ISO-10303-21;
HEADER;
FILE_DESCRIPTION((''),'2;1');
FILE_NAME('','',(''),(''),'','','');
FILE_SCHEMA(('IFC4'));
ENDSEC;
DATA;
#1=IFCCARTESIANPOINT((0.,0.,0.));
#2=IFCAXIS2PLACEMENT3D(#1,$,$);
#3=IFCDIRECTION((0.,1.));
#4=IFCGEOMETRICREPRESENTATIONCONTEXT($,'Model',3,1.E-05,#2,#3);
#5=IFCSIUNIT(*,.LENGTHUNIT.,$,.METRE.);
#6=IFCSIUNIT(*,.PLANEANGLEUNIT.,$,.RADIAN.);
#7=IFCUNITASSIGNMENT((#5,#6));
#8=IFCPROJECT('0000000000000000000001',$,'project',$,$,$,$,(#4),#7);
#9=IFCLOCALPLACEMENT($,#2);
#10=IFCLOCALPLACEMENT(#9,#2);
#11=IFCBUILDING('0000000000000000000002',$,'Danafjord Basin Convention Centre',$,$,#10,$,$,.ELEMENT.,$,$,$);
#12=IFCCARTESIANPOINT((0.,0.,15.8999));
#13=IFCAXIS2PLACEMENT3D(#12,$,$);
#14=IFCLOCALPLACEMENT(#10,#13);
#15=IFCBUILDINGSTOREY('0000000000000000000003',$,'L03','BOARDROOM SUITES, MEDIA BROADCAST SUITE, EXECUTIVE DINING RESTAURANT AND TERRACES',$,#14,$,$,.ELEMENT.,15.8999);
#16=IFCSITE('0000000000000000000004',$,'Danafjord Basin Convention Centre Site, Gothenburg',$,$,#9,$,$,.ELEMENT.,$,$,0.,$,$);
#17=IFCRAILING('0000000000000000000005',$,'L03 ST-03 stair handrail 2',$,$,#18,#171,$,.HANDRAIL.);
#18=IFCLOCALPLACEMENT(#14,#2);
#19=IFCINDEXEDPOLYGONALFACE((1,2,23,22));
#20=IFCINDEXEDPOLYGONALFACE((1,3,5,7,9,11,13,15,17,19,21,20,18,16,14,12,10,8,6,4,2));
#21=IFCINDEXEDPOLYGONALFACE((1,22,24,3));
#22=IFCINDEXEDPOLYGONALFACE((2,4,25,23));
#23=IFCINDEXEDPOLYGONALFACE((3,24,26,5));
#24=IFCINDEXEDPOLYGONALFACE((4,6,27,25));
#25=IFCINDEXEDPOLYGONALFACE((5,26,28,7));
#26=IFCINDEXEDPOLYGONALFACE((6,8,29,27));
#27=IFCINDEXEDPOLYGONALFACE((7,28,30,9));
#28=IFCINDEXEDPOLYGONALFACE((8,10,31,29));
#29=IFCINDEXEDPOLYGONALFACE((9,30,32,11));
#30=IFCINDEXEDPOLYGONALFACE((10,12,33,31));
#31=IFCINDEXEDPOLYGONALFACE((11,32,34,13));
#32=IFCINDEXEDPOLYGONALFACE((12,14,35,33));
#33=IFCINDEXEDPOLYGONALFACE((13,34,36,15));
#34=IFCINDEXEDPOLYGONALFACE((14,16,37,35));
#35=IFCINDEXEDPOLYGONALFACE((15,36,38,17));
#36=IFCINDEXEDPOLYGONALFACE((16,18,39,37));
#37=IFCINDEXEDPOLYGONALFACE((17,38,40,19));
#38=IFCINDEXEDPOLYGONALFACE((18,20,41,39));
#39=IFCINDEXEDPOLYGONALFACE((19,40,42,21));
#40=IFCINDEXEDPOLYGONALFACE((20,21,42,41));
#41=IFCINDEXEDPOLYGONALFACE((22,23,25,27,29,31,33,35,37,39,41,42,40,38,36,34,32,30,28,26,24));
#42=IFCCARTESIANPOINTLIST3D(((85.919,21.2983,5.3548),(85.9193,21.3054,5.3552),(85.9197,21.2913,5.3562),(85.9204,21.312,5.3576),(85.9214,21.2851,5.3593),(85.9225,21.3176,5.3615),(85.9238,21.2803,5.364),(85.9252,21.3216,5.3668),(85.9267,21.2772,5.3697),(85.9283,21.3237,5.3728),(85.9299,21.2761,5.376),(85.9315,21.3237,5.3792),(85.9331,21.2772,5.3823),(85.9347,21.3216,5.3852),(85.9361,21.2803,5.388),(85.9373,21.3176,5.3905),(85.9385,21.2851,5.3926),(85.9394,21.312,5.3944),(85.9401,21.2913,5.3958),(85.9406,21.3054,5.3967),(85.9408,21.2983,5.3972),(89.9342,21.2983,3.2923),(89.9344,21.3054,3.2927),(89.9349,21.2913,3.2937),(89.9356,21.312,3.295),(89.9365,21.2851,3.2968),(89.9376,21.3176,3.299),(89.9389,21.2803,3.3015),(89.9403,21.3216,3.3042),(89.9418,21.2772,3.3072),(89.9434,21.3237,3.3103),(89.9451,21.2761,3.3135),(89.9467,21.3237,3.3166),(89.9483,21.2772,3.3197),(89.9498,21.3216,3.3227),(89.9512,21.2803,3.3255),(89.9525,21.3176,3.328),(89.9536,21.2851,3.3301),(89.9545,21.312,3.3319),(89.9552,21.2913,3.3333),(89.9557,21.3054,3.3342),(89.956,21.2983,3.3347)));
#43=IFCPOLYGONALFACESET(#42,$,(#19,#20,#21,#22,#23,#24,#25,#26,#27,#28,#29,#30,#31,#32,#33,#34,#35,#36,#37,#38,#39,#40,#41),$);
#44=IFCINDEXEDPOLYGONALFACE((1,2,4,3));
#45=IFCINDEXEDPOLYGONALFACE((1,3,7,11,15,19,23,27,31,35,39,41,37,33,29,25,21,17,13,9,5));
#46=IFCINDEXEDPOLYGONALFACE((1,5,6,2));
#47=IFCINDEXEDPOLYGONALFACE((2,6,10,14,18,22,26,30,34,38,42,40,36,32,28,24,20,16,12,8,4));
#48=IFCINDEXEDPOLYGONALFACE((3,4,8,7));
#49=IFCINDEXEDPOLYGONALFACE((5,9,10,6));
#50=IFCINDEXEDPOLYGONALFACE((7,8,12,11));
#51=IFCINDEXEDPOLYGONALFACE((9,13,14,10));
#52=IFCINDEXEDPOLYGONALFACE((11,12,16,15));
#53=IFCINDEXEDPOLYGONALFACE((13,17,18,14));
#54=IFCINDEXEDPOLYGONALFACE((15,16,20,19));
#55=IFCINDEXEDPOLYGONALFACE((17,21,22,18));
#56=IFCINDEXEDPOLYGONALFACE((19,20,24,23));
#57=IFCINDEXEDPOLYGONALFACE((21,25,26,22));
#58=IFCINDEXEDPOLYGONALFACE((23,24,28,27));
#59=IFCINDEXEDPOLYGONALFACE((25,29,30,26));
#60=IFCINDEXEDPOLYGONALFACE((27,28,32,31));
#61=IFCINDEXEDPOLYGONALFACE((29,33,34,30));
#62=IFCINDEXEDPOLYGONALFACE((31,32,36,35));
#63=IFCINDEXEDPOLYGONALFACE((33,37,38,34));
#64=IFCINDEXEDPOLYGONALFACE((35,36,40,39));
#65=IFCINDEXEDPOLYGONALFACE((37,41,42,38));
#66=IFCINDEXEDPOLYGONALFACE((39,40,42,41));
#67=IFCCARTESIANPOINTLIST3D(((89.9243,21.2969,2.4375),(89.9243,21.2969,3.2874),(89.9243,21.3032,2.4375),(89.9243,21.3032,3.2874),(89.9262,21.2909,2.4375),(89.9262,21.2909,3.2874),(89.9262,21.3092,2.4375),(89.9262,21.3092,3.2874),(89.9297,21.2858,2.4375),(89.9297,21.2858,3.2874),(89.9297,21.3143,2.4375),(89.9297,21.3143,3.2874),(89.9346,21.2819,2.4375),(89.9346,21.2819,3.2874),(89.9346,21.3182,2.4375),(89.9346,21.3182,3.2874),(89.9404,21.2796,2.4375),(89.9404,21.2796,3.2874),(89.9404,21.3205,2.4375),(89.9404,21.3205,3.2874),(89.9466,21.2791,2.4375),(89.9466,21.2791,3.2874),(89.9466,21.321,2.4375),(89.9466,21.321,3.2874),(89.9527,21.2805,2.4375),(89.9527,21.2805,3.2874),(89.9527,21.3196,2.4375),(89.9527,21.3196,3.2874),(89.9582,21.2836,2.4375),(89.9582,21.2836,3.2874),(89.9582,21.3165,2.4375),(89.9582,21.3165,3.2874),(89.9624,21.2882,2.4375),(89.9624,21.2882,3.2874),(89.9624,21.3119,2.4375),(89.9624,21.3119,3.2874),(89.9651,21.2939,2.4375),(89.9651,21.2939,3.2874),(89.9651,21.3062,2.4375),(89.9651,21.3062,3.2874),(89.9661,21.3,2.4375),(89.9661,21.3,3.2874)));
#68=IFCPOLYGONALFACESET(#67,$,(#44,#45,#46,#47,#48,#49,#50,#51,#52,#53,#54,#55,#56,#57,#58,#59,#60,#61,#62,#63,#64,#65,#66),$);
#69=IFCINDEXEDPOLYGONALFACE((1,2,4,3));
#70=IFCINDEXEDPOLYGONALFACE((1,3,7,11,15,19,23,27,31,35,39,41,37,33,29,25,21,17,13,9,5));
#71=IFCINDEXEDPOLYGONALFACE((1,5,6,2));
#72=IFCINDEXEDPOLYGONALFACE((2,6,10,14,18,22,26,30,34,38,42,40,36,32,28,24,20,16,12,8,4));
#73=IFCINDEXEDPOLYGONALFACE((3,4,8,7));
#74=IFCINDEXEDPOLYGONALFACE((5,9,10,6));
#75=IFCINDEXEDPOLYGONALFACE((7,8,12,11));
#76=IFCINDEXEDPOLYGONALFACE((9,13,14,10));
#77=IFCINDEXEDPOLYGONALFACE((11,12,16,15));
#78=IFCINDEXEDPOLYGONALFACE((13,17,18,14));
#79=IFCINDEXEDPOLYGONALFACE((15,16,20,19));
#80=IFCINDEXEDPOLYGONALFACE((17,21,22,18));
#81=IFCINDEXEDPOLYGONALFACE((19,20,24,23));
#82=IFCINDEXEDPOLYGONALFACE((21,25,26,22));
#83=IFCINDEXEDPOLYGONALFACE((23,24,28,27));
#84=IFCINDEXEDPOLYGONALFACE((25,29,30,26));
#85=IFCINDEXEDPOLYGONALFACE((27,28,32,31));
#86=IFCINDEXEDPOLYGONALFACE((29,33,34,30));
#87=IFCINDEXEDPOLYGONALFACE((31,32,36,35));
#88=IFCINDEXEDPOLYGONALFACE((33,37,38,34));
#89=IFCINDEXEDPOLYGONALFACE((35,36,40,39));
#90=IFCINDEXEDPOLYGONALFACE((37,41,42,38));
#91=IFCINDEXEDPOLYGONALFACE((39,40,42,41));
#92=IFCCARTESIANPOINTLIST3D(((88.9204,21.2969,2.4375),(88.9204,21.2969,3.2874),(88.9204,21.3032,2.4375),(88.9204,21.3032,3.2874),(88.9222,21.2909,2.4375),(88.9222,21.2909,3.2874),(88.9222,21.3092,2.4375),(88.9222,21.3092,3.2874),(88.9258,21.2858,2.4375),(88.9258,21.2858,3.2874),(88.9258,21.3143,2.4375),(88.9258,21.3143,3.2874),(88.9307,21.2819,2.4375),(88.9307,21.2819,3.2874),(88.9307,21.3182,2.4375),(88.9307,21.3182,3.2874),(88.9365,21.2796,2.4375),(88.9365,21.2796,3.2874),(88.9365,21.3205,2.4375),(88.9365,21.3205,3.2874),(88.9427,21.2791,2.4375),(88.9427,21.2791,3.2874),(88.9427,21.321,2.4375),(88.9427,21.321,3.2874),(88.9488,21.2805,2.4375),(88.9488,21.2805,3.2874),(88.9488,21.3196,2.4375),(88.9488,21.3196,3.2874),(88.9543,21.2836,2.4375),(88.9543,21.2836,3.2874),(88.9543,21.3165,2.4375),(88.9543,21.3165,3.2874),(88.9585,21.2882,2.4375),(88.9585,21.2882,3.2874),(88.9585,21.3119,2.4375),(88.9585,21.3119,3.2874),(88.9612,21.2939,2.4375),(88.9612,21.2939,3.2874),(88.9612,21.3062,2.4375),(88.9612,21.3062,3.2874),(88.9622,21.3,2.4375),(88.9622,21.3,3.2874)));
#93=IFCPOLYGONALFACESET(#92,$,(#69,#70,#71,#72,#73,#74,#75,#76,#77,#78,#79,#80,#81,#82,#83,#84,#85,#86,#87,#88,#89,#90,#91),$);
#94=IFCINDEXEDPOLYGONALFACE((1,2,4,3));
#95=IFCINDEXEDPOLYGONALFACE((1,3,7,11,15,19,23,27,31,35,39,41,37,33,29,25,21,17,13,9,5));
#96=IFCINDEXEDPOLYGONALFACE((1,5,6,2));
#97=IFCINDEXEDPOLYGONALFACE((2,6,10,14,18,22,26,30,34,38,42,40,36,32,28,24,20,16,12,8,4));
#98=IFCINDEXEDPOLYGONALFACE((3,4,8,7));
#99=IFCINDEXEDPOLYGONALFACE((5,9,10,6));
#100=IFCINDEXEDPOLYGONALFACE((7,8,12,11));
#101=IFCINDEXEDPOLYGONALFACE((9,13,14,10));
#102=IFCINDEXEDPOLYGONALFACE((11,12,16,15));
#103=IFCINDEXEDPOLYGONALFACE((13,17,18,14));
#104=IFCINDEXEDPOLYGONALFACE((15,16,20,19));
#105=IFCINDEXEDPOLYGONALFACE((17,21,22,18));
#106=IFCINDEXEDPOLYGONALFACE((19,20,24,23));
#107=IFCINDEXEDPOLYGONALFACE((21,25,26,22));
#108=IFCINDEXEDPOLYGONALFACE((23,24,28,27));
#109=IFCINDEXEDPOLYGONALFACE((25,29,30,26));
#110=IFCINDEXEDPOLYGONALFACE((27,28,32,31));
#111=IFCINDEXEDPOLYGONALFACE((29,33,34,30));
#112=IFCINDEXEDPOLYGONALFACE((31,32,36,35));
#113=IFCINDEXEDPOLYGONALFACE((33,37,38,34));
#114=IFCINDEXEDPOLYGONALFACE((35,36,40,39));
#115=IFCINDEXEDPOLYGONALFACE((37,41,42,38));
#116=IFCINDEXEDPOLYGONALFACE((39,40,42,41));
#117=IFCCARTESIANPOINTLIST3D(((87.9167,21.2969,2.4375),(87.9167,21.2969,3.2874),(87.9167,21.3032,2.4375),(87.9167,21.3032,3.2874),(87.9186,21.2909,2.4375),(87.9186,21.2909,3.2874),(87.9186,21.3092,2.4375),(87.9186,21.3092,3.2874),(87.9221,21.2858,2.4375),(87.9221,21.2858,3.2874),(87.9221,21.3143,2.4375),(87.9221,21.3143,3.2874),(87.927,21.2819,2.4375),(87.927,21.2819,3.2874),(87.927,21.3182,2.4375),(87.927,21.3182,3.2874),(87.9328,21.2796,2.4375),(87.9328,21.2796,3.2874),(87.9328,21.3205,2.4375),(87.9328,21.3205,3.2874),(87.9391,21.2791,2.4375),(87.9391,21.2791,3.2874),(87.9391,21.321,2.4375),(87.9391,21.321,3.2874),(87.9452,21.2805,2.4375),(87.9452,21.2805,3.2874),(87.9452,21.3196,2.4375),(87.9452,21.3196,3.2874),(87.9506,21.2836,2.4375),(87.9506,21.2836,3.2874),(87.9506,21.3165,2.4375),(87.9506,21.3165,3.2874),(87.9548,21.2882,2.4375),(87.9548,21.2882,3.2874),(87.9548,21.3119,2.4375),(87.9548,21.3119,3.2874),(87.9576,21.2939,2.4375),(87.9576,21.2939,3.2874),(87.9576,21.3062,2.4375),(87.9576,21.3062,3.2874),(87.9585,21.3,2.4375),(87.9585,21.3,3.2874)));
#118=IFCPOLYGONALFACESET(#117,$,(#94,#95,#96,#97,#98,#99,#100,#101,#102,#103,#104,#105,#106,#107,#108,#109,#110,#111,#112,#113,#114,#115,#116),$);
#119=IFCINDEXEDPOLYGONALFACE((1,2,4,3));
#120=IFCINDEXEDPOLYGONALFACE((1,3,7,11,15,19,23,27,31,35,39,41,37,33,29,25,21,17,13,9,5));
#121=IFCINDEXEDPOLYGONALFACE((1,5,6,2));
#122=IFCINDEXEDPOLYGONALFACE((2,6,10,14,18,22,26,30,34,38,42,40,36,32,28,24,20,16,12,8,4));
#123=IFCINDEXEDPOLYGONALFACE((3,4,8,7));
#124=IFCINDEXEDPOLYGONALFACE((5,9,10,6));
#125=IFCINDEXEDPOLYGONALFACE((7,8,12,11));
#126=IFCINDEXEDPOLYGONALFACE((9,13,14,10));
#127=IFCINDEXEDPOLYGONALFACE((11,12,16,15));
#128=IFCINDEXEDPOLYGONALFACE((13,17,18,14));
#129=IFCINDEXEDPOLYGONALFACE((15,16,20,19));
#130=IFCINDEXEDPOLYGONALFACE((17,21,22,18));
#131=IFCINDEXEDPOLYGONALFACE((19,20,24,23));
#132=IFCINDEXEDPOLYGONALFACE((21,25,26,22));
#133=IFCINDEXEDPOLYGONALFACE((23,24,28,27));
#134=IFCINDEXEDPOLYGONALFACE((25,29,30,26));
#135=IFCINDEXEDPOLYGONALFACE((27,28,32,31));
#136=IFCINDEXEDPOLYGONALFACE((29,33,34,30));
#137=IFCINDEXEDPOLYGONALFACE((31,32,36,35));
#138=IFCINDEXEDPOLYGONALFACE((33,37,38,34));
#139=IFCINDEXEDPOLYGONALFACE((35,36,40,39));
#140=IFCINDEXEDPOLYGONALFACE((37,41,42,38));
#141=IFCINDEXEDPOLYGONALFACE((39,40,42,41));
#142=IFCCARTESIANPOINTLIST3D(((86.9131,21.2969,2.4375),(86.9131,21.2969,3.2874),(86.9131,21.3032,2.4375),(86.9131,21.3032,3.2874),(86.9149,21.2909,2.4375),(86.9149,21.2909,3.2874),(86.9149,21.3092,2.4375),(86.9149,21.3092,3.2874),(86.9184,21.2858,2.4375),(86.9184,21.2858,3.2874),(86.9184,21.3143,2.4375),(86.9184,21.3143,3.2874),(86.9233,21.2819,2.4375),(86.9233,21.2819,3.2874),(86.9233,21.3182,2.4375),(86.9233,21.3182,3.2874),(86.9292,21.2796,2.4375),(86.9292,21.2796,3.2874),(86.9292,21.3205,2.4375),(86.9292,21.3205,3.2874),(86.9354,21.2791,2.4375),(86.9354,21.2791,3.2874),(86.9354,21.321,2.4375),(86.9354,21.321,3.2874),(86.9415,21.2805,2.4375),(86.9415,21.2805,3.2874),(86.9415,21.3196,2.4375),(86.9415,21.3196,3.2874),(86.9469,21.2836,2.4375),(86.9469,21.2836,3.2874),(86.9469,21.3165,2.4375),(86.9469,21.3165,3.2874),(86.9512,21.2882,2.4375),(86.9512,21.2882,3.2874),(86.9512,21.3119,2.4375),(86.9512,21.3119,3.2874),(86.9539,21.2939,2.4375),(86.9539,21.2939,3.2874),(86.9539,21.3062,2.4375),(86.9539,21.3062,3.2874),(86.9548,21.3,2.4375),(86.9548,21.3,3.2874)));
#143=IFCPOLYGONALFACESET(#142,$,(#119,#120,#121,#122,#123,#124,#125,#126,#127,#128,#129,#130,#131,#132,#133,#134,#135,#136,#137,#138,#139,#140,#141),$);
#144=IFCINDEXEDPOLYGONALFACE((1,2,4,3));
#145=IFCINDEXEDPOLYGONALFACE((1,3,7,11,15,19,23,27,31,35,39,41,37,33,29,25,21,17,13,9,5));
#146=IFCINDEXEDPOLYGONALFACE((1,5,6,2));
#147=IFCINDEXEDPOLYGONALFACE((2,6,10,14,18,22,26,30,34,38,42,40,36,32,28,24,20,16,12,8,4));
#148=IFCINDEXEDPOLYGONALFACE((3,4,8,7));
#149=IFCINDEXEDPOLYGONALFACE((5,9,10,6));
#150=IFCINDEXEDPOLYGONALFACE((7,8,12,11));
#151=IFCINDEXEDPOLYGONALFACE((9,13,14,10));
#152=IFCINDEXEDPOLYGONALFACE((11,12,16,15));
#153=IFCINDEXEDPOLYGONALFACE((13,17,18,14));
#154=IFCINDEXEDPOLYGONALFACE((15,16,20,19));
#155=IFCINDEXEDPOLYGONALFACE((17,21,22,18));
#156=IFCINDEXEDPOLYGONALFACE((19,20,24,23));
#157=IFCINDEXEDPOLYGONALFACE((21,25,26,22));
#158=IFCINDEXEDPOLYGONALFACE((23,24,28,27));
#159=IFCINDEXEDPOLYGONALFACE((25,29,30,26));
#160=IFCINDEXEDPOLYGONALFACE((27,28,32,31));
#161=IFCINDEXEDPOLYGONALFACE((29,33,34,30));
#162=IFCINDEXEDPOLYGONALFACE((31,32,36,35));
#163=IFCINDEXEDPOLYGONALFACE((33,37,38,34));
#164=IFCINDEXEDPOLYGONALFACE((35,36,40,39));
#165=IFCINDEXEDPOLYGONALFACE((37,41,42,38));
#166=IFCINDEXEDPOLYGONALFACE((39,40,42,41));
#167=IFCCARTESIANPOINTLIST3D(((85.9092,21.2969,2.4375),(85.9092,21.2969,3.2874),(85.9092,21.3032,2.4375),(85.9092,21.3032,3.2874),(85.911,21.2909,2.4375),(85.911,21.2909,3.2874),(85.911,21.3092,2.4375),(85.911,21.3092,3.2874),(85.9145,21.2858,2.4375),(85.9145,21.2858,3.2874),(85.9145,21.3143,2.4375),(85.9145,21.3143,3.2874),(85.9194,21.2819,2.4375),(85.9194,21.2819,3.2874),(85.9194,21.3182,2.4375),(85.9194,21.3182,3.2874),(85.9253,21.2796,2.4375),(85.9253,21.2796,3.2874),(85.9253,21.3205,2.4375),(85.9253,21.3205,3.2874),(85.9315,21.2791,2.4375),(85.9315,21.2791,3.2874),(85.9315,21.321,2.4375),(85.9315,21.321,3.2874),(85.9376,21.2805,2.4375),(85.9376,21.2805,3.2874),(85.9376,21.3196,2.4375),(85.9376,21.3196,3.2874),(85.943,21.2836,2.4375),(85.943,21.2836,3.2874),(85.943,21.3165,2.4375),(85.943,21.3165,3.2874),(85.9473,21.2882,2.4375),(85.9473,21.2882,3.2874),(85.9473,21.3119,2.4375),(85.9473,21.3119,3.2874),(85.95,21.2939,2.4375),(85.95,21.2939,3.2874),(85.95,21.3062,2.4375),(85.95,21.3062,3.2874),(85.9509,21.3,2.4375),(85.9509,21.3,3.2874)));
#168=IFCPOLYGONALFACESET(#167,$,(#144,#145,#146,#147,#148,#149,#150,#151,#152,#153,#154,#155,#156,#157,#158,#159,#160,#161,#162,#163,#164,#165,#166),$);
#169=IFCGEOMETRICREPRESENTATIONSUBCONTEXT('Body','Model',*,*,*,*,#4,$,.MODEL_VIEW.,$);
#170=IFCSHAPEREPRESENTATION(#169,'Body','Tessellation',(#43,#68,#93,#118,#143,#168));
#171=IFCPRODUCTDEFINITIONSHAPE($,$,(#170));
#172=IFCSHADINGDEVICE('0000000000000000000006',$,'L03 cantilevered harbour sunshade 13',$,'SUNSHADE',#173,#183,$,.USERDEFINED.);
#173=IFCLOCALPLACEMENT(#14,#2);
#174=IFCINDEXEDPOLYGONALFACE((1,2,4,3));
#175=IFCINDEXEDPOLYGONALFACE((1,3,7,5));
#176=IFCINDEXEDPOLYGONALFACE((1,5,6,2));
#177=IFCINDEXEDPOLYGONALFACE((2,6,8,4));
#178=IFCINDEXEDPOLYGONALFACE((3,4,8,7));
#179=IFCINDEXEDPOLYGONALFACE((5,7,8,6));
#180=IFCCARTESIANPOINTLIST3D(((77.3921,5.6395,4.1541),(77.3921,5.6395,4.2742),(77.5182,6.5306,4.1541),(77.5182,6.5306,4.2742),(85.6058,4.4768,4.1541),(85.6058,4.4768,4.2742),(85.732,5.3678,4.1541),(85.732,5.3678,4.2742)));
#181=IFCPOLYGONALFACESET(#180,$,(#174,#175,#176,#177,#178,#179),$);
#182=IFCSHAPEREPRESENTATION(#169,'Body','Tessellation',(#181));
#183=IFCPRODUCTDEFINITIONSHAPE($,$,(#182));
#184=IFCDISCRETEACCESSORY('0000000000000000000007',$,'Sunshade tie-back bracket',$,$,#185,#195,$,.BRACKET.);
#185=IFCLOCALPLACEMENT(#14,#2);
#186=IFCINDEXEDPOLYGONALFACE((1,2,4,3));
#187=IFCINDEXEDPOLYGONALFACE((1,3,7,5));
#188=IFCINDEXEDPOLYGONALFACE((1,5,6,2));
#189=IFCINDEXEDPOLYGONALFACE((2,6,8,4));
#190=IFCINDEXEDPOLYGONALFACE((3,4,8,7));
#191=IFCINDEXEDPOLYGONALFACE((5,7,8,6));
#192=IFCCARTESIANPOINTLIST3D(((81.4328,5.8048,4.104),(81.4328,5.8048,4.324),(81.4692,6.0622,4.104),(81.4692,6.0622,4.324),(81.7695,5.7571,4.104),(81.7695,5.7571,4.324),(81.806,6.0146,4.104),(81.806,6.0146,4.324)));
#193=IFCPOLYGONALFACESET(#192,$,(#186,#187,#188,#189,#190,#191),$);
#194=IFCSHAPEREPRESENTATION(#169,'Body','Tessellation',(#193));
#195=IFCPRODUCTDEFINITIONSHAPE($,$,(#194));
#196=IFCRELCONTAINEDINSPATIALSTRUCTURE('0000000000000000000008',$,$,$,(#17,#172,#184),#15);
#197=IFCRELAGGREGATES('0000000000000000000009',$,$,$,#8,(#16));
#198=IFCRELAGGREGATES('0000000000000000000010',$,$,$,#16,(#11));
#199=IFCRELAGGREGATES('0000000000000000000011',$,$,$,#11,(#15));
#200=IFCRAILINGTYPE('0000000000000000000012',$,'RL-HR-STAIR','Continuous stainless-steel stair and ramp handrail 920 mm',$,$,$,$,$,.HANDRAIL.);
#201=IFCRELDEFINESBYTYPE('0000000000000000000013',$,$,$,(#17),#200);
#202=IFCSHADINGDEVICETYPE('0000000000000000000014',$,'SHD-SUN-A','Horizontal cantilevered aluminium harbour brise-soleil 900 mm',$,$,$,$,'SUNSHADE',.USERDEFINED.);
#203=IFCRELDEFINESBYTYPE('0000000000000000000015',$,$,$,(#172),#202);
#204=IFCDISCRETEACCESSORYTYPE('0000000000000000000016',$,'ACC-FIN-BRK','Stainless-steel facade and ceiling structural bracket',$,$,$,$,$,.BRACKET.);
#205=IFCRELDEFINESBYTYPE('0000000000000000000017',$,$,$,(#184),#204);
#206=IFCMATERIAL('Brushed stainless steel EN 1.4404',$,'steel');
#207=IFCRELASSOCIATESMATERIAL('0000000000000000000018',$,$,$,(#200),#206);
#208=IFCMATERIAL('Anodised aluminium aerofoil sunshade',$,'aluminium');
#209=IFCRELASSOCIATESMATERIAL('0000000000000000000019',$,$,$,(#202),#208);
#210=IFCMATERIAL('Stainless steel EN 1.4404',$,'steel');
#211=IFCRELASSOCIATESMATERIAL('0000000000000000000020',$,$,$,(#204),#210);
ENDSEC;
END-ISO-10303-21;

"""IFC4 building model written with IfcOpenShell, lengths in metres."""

from ifc_helpers import new_model, si_unit, direction, frame, origin, origin_2d, place, context, subcontext, project, spatial, rectangle, circle, extrude, material, type_object, element, save


model = new_model("IFC4")

# Units and contexts
model_context = context("Model", 3, precision=1e-05, world=origin(), true_north=direction((0.0, 1.0)))
body_context = subcontext(model_context, "Body", "Model", "MODEL_VIEW")
ifc_project = project(units=[si_unit("LENGTHUNIT", "METRE"), si_unit("PLANEANGLEUNIT", "RADIAN")], contexts=[model_context])

# Site, building, storey
site_placement = place(None, origin())
site = spatial("IfcSite", under=ifc_project, at=site_placement, Name="Danafjord Basin Convention Centre Site, Gothenburg", CompositionType="ELEMENT", RefElevation=0.0)
building_placement = place(site_placement, origin())
building = spatial("IfcBuilding", under=site, at=building_placement, Name="Danafjord Basin Convention Centre", CompositionType="ELEMENT")
storey_placement = place(building_placement, frame((0.0, 0.0, 15.8999)))
storey = spatial("IfcBuildingStorey", under=building, at=storey_placement, Name="L03", Description="BOARDROOM SUITES, MEDIA BROADCAST SUITE, EXECUTIVE DINING RESTAURANT AND TERRACES", CompositionType="ELEMENT", Elevation=15.8999)

# Railing
ifc_material_1 = material(Name="Brushed stainless steel EN 1.4404", Category="steel")
railing_type_1 = type_object("IfcRailingType", Name="RL-HR-STAIR", Description="Continuous stainless-steel stair and ramp handrail 920 mm", PredefinedType="HANDRAIL", material=ifc_material_1)
railing_1_placement = place(storey_placement, frame((89.9451, 21.3, 2.4375)))
element("IfcRailing", 1, at=railing_1_placement, inside=storey, type_object=railing_type_1, Name="L03 ST-03 stair handrail 2", PredefinedType="HANDRAIL", context=body_context, shape_type="SweptSolid", body=[
    extrude(circle(Radius=0.0239, at=origin_2d()), frame((0.0, 0.0, 0.876), z_axis=(-0.889506, 0.0, 0.456923), x_axis=(0.0, -1.0, 0.0)), (0.0, 0.0, 1.0), 4.5139),
    extrude(circle(Radius=0.021, at=origin_2d()), origin(), (0.0, 0.0, 1.0), 0.8499),
    extrude(circle(Radius=0.021, at=origin_2d()), frame((-1.0039, 0.0, 0.0)), (0.0, 0.0, 1.0), 0.8499),
    extrude(circle(Radius=0.021, at=origin_2d()), frame((-2.0076, 0.0, 0.0)), (0.0, 0.0, 1.0), 0.8499),
    extrude(circle(Radius=0.021, at=origin_2d()), frame((-3.0112, 0.0, 0.0)), (0.0, 0.0, 1.0), 0.8499),
    extrude(circle(Radius=0.021, at=origin_2d()), frame((-4.0151, 0.0, 0.0)), (0.0, 0.0, 1.0), 0.8499),
])

# Shading device
ifc_material_2 = material(Name="Anodised aluminium aerofoil sunshade", Category="aluminium")
shading_device_type = type_object("IfcShadingDeviceType", Name="SHD-SUN-A", Description="Horizontal cantilevered aluminium harbour brise-soleil 900 mm", ElementType="SUNSHADE", PredefinedType="USERDEFINED", material=ifc_material_2)
shading_device_placement = place(storey_placement, frame((81.562, 5.5037, 4.1541), z_axis=(0.0, 0.0, 1.0), x_axis=(0.990128, -0.140165, 0.0)))
element("IfcShadingDevice", 2, at=shading_device_placement, inside=storey, type_object=shading_device_type, Name="L03 cantilevered harbour sunshade 13", ObjectType="SUNSHADE", PredefinedType="USERDEFINED", context=body_context, shape_type="SweptSolid", body=[
    extrude(rectangle(XDim=8.2957, YDim=0.8999, at=origin_2d()), origin(), (0.0, 0.0, 1.0), 0.1201),
])

# Discrete accessory
ifc_material_3 = material(Name="Stainless steel EN 1.4404", Category="steel")
discrete_accessory_type = type_object("IfcDiscreteAccessoryType", Name="ACC-FIN-BRK", Description="Stainless-steel facade and ceiling structural bracket", PredefinedType="BRACKET", material=ifc_material_3)
discrete_accessory_placement = place(storey_placement, frame((81.6194, 5.9097, 4.104), z_axis=(0.0, 0.0, 1.0), x_axis=(0.990128, -0.140165, 0.0)))
element("IfcDiscreteAccessory", 3, at=discrete_accessory_placement, inside=storey, type_object=discrete_accessory_type, Name="Sunshade tie-back bracket", PredefinedType="BRACKET", context=body_context, shape_type="SweptSolid", body=[
    extrude(rectangle(XDim=0.3401, YDim=0.26, at=origin_2d()), origin(), (0.0, 0.0, 1.0), 0.22),
])

save(model, "model.ifc")
